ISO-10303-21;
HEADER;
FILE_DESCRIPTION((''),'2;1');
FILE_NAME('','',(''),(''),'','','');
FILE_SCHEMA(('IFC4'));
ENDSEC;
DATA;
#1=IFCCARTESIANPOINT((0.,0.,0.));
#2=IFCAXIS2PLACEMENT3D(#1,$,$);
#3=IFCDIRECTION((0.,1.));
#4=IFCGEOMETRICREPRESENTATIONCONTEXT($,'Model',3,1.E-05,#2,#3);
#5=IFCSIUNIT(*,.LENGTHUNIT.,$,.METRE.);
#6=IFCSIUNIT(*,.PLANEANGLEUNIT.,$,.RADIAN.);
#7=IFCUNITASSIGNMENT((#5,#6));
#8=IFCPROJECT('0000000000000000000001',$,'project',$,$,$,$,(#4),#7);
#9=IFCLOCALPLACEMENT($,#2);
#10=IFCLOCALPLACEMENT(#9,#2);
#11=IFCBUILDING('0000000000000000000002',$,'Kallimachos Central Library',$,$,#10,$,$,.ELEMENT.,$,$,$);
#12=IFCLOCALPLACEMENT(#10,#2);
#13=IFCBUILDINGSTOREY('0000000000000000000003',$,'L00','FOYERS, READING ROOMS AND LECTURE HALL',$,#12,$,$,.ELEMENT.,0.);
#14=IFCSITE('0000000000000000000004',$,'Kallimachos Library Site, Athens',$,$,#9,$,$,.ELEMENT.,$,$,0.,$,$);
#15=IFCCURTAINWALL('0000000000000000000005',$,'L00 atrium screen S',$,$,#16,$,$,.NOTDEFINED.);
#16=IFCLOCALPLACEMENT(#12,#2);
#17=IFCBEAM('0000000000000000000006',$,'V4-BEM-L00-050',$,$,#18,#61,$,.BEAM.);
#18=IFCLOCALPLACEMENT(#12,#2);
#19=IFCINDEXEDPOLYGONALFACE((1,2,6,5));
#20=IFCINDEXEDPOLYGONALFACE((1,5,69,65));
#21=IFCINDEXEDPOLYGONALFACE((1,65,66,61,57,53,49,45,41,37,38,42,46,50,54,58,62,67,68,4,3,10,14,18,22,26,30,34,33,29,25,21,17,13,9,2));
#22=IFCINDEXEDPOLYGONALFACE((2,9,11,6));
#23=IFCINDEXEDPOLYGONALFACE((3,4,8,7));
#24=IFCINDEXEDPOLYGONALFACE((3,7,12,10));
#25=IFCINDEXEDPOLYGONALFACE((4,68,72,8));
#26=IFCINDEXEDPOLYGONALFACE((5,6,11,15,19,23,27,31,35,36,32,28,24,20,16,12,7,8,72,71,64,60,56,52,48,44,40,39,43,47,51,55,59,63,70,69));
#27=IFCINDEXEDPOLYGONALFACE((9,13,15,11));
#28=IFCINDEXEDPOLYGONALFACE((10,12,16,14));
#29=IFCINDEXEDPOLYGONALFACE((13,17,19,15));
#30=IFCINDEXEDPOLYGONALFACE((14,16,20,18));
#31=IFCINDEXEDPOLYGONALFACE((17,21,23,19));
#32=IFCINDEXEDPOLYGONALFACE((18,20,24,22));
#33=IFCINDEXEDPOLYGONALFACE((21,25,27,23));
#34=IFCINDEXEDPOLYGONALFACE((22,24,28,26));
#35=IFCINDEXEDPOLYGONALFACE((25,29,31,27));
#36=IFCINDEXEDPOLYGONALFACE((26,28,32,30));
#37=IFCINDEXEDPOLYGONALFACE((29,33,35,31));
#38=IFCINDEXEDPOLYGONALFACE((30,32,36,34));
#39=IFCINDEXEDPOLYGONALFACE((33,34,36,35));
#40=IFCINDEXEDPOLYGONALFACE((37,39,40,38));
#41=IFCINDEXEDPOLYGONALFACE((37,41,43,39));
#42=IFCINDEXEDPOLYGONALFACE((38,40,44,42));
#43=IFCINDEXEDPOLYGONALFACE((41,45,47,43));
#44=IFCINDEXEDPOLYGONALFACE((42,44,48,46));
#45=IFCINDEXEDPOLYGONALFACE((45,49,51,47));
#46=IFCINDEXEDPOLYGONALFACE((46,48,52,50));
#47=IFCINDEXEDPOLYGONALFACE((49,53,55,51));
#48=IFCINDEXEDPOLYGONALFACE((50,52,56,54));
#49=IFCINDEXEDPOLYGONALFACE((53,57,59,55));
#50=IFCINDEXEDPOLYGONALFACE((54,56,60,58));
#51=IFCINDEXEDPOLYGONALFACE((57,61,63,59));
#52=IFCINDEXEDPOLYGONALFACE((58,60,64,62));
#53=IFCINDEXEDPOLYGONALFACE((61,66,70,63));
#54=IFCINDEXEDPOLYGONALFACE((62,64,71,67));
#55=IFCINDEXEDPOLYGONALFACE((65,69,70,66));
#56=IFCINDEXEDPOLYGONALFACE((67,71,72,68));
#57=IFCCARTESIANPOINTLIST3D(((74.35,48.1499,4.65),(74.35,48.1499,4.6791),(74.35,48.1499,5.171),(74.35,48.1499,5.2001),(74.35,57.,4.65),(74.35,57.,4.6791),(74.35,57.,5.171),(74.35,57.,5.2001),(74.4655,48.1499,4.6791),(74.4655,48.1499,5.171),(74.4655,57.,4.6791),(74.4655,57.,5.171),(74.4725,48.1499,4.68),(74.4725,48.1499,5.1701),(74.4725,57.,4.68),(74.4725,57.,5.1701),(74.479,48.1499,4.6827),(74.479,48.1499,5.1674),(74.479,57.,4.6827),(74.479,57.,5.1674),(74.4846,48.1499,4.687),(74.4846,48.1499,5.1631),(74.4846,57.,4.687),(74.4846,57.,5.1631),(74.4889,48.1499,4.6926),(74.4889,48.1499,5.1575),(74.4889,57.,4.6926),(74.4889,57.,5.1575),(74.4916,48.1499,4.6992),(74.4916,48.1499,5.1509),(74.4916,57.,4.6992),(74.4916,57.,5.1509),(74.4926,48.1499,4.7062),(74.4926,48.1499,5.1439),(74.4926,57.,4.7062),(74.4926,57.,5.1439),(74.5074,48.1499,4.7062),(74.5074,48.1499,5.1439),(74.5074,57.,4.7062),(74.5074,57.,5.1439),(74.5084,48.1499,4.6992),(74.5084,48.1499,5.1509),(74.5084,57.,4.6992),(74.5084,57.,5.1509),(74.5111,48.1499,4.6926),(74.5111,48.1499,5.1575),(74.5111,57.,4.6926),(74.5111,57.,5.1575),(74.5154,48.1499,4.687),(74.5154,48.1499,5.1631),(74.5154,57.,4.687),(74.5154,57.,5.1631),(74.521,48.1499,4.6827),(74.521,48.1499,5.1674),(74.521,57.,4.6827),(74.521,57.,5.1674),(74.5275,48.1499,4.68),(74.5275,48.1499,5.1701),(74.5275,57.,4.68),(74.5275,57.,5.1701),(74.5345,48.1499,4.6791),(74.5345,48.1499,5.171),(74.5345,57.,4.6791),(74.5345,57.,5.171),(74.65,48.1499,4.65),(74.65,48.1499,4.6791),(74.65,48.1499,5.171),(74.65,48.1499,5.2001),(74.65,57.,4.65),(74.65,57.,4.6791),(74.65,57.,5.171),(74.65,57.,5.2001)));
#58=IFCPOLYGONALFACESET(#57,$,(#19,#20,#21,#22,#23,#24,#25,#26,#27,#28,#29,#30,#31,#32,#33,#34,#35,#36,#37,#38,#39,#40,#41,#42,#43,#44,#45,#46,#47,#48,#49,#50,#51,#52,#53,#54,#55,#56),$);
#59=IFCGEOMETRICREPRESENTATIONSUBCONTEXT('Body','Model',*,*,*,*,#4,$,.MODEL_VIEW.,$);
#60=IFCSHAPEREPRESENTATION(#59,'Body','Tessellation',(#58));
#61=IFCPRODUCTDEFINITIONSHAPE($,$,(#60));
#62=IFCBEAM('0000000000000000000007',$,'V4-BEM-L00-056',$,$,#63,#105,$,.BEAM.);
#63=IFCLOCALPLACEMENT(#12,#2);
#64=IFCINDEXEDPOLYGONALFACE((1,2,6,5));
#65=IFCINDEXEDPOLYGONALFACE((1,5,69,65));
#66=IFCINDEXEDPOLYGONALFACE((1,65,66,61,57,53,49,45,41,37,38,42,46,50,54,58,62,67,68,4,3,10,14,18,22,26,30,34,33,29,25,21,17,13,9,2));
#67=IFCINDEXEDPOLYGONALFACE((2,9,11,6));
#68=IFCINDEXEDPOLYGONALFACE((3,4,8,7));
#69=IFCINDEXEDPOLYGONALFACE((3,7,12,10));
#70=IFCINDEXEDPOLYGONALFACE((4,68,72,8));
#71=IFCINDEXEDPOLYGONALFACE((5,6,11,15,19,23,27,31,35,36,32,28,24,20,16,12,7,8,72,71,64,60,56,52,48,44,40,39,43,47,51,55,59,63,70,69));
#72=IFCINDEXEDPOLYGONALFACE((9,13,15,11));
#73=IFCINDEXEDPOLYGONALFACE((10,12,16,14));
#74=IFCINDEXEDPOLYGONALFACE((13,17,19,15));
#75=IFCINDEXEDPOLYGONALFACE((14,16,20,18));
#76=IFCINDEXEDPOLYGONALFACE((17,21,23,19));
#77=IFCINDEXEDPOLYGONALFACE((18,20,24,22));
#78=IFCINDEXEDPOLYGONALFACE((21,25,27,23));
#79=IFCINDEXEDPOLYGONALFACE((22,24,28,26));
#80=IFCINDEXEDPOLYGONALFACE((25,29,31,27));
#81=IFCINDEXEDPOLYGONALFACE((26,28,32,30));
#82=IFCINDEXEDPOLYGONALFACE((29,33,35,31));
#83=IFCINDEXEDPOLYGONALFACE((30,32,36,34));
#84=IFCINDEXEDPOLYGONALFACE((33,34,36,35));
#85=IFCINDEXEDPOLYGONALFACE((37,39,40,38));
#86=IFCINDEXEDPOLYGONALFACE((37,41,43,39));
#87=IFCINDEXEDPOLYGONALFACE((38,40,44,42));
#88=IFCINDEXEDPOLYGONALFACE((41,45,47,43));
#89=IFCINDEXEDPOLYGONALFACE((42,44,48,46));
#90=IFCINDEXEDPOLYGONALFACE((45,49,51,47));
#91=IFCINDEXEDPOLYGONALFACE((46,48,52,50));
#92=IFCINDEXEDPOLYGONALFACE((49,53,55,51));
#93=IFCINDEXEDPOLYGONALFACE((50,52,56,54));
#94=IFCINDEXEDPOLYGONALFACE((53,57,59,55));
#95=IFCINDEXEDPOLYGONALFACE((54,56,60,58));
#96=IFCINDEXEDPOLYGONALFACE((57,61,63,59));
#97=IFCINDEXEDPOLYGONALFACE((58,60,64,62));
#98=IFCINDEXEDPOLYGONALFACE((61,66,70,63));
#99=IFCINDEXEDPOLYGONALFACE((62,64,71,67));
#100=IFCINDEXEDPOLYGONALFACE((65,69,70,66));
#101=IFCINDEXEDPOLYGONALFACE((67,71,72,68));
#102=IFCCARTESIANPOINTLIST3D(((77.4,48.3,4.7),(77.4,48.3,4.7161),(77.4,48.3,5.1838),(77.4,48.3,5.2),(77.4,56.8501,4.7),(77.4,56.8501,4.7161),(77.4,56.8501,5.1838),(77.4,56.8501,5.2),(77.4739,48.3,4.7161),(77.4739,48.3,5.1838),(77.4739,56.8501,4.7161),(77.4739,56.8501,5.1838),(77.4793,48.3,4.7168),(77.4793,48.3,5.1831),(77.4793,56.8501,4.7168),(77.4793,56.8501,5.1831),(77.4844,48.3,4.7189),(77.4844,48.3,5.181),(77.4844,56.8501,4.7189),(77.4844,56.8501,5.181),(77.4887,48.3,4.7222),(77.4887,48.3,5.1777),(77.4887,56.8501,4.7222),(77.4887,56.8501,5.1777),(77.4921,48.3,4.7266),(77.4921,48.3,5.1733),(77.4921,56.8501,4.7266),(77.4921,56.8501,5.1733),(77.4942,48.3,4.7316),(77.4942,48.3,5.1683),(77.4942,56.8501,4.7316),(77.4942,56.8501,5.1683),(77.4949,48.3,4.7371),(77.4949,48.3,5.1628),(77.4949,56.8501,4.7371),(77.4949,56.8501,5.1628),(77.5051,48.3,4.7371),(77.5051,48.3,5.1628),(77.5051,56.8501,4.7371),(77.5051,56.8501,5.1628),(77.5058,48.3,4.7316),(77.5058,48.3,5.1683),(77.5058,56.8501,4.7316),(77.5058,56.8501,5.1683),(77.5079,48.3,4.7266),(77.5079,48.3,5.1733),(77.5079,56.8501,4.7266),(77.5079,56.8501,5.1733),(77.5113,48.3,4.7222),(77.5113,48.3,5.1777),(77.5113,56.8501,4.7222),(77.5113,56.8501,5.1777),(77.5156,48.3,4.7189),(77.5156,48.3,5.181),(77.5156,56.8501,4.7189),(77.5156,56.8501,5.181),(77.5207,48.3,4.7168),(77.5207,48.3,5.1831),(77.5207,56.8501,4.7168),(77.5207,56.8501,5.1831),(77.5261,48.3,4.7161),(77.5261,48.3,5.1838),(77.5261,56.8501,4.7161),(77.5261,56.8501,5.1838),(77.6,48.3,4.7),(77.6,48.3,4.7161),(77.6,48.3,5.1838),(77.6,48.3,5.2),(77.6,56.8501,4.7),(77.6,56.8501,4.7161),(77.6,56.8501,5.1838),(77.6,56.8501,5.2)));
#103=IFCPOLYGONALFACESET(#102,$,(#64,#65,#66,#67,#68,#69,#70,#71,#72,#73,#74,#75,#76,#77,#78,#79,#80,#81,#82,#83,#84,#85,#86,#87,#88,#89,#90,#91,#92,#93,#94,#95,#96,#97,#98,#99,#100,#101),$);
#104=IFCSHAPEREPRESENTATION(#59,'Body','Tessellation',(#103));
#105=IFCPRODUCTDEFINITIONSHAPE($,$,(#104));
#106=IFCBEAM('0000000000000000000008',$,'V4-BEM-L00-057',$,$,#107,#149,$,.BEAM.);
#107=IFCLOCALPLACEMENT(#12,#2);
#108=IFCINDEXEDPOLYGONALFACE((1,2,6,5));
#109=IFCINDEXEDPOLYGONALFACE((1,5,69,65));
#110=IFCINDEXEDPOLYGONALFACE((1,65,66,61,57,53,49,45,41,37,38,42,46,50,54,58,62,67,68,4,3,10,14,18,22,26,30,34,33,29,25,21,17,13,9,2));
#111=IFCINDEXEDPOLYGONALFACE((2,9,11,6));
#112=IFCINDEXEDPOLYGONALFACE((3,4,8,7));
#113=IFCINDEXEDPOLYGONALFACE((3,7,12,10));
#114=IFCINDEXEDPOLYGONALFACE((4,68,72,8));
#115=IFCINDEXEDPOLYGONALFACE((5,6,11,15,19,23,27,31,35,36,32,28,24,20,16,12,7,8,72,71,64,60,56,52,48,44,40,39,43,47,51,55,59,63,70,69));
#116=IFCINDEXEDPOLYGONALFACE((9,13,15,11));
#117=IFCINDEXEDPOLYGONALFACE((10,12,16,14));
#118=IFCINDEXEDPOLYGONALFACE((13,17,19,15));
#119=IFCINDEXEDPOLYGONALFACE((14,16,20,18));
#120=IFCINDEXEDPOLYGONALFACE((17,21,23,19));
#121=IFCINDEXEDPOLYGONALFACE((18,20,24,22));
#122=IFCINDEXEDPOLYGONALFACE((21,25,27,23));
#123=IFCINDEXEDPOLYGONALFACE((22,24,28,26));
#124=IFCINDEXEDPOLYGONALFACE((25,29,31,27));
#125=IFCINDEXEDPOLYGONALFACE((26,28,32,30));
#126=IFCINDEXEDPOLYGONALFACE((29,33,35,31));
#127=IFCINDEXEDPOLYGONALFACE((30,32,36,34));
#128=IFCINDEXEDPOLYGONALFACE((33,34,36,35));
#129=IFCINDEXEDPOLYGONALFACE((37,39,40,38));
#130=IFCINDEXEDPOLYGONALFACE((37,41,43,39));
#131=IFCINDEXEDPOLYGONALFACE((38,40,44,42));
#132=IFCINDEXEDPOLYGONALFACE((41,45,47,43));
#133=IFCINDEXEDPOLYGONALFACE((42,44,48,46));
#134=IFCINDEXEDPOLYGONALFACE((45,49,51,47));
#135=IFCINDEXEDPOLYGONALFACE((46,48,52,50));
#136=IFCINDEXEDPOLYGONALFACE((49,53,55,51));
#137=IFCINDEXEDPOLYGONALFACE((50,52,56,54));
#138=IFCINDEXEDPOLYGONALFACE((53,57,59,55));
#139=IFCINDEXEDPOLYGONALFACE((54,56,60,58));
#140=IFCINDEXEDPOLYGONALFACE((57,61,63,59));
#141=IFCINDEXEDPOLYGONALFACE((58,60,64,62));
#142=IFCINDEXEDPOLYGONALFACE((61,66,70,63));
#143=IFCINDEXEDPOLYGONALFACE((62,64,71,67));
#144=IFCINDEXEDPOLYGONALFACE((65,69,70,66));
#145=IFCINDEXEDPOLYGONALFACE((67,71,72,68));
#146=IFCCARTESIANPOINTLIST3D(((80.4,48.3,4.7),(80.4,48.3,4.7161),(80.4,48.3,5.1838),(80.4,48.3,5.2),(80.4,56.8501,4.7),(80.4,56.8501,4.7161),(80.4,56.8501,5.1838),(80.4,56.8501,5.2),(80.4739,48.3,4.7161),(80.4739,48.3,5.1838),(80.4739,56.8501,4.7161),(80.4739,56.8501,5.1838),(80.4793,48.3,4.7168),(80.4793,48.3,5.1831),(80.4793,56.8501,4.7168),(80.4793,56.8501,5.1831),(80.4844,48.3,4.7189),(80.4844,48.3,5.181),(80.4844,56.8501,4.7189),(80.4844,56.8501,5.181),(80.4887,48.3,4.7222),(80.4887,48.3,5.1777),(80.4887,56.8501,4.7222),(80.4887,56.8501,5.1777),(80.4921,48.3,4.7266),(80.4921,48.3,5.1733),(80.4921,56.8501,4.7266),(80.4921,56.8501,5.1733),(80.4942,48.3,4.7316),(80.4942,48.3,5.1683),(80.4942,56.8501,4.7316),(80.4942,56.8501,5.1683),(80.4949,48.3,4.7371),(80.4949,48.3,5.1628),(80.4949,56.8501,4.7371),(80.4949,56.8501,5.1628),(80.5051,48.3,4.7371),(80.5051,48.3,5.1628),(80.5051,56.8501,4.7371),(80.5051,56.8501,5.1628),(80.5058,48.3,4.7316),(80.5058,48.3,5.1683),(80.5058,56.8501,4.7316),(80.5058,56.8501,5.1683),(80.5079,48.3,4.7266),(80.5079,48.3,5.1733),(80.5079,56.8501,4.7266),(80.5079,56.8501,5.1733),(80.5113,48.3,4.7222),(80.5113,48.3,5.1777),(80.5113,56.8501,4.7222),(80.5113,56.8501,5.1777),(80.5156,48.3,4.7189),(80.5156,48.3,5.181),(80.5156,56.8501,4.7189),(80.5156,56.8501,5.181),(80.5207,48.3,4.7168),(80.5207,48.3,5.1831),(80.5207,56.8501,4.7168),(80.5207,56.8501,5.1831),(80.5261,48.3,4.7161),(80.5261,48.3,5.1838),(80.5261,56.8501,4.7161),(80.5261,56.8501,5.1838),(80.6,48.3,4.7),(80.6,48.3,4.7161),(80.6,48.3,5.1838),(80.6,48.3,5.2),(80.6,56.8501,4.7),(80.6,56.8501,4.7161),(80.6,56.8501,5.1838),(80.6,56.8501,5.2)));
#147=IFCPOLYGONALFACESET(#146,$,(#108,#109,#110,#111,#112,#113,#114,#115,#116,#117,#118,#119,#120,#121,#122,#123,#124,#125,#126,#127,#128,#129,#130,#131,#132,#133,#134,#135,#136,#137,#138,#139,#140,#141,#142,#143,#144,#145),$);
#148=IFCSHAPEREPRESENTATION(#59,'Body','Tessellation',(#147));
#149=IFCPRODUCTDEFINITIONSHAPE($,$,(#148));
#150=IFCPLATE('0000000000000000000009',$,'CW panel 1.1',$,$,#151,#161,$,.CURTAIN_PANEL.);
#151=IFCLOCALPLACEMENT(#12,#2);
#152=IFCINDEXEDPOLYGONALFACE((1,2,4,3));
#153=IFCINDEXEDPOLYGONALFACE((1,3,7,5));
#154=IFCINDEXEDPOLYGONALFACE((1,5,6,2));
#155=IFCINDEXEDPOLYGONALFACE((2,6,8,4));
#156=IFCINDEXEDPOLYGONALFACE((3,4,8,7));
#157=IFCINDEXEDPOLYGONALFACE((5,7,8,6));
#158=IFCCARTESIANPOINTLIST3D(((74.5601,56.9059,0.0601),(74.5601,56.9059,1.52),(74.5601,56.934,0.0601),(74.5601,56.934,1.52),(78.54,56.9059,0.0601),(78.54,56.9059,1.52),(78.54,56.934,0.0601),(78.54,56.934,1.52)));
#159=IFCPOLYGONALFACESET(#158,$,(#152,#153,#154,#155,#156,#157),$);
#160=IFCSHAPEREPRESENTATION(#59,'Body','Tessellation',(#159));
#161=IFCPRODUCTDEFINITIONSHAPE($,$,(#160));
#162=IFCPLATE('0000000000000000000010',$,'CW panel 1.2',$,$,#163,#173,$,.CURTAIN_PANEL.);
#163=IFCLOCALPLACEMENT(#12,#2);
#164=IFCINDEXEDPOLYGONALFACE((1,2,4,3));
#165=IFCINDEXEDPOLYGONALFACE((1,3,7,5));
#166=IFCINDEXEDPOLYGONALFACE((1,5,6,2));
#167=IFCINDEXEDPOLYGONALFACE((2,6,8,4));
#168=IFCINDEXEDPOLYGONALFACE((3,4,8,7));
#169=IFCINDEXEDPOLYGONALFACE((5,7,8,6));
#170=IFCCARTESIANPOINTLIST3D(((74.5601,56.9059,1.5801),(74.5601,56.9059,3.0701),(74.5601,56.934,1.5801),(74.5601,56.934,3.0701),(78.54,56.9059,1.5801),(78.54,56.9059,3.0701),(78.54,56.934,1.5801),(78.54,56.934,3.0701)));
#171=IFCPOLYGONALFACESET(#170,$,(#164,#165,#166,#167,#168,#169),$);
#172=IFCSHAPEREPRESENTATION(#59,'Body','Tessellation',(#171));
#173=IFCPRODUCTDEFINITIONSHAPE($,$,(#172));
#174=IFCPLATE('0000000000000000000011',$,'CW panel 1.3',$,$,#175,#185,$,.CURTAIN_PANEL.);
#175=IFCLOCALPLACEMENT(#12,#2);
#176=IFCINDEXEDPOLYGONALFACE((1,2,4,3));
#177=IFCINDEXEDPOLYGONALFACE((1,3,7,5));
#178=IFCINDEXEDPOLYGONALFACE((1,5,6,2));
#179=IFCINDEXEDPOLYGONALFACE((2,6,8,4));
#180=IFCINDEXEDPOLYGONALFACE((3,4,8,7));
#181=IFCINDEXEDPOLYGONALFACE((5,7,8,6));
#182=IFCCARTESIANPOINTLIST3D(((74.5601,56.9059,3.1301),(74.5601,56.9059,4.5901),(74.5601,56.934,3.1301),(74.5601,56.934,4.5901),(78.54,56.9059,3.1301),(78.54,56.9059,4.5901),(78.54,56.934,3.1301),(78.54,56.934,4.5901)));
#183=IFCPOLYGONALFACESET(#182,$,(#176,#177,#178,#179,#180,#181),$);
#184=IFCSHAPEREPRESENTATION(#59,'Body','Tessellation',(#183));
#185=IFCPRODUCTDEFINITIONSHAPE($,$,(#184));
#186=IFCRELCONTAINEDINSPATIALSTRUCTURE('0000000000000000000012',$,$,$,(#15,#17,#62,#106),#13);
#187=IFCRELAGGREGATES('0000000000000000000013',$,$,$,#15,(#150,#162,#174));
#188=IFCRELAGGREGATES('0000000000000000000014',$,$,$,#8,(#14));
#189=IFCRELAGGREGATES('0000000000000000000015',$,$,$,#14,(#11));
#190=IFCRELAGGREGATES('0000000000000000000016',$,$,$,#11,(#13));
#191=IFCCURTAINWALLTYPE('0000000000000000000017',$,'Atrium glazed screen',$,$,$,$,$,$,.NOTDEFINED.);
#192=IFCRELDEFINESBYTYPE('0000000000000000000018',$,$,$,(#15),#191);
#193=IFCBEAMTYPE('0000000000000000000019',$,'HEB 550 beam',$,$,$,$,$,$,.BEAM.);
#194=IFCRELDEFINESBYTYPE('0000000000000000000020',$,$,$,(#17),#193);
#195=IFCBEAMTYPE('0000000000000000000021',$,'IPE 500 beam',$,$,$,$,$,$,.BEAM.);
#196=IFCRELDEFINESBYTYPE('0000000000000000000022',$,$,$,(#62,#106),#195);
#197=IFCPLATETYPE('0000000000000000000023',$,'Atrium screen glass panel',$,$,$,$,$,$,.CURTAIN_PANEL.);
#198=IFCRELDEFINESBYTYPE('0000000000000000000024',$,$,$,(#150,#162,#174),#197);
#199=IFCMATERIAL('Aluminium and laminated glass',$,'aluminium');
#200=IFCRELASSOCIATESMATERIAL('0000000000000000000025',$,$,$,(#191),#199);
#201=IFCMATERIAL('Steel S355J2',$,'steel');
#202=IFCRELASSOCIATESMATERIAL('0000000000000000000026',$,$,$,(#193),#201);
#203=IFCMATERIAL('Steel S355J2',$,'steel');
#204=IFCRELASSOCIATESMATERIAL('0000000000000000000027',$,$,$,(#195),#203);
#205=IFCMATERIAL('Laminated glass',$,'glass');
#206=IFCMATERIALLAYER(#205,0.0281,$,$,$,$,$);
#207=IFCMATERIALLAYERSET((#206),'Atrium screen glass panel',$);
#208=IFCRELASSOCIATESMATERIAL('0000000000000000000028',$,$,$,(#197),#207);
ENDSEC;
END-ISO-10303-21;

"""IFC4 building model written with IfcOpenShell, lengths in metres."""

from ifc_helpers import new_model, si_unit, direction, frame, origin, origin_2d, place, context, subcontext, project, spatial, rectangle, i_section, extrude, material, layer, layer_set, material_profile, profile_set, type_object, element, aggregate, save


model = new_model("IFC4")

# Units and contexts
model_context = context("Model", 3, precision=1e-05, world=origin(), true_north=direction((0.0, 1.0)))
body_context = subcontext(model_context, "Body", "Model", "MODEL_VIEW")
ifc_project = project(units=[si_unit("LENGTHUNIT", "METRE"), si_unit("PLANEANGLEUNIT", "RADIAN")], contexts=[model_context])

# Site, building, storey
site_placement = place(None, origin())
site = spatial("IfcSite", under=ifc_project, at=site_placement, Name="Kallimachos Library Site, Athens", CompositionType="ELEMENT", RefElevation=0.0)
building_placement = place(site_placement, origin())
building = spatial("IfcBuilding", under=site, at=building_placement, Name="Kallimachos Central Library", CompositionType="ELEMENT")
storey_placement = place(building_placement, origin())
storey = spatial("IfcBuildingStorey", under=building, at=storey_placement, Name="L00", Description="FOYERS, READING ROOMS AND LECTURE HALL", CompositionType="ELEMENT", Elevation=0.0)

# Curtain wall
ifc_material_1 = material(Name="Aluminium and laminated glass", Category="aluminium")
curtain_wall_type = type_object("IfcCurtainWallType", Name="Atrium glazed screen", PredefinedType="NOTDEFINED", material=ifc_material_1)
curtain_wall_1_placement = place(storey_placement, origin())
curtain_wall_1 = element("IfcCurtainWall", 1, at=curtain_wall_1_placement, inside=storey, type_object=curtain_wall_type, Name="L00 atrium screen S", PredefinedType="NOTDEFINED")

# Beams
ifc_material_2 = material(Name="Steel S355J2", Category="steel")
ifc_material_profile_1 = material_profile(ifc_material_2, i_section(OverallWidth=0.3, OverallDepth=0.55, WebThickness=0.0149, FlangeThickness=0.0291, FilletRadius=0.0271, at=origin_2d()), Name="HEB 550")
ifc_profile_set_1 = profile_set([ifc_material_profile_1], Name="Steel S355J2")
beam_type_1 = type_object("IfcBeamType", Name="HEB 550 beam", PredefinedType="BEAM", material=ifc_profile_set_1)
beam_1_placement = place(storey_placement, frame((74.5, 48.1499, 4.925), z_axis=(0.0, 1.0, 0.0), x_axis=(-1.0, 0.0, 0.0)))
element("IfcBeam", 2, at=beam_1_placement, inside=storey, type_object=beam_type_1, Name="V4-BEM-L00-050", PredefinedType="BEAM", context=body_context, shape_type="SweptSolid", body=[
    extrude(i_section(OverallWidth=0.3, OverallDepth=0.55, WebThickness=0.0149, FlangeThickness=0.0291, FilletRadius=0.0271, at=origin_2d()), origin(), (0.0, 0.0, 1.0), 8.8501),
])
ifc_material_3 = material(Name="Steel S355J2", Category="steel")
ifc_material_profile_2 = material_profile(ifc_material_3, i_section(OverallWidth=0.2, OverallDepth=0.5, WebThickness=0.0103, FlangeThickness=0.0161, FilletRadius=0.021, at=origin_2d()), Name="IPE 500")
ifc_profile_set_2 = profile_set([ifc_material_profile_2], Name="Steel S355J2")
beam_type_2 = type_object("IfcBeamType", Name="IPE 500 beam", PredefinedType="BEAM", material=ifc_profile_set_2)
for number, where, z_axis, x_axis, name in (
    (3, (77.5, 48.3, 4.95), (0.0, 1.0, 0.0), (-1.0, 0.0, 0.0), "V4-BEM-L00-056"),
    (4, (80.5, 48.3, 4.95), (0.0, 1.0, 0.0), (-1.0, 0.0, 0.0), "V4-BEM-L00-057"),
):
    element("IfcBeam", number, at=place(storey_placement, frame(where, z_axis=z_axis, x_axis=x_axis)), inside=storey, type_object=beam_type_2, Name=name, PredefinedType="BEAM", context=body_context, shape_type="SweptSolid", body=[
        extrude(i_section(OverallWidth=0.2, OverallDepth=0.5, WebThickness=0.0103, FlangeThickness=0.0161, FilletRadius=0.021, at=origin_2d()), origin(), (0.0, 0.0, 1.0), 8.55),
    ])

# Plates
ifc_material_4 = material(Name="Laminated glass", Category="glass")
ifc_layer_1 = layer(ifc_material_4, 0.0281)
ifc_layer_set_1 = layer_set([ifc_layer_1], Name="Atrium screen glass panel")
plate_type = type_object("IfcPlateType", Name="Atrium screen glass panel", PredefinedType="CURTAIN_PANEL", material=ifc_layer_set_1)
plate_1_placement = place(storey_placement, frame((76.55, 56.9199, 0.0601), z_axis=(0.0, 0.0, 1.0), x_axis=(1.0, 0.0, 0.0)))
plate_1 = element("IfcPlate", 5, at=plate_1_placement, type_object=plate_type, Name="CW panel 1.1", PredefinedType="CURTAIN_PANEL", context=body_context, shape_type="SweptSolid", body=[
    extrude(rectangle(XDim=3.98, YDim=0.0281, at=origin_2d()), origin(), (0.0, 0.0, 1.0), 1.46),
])
plate_2_placement = place(storey_placement, frame((76.55, 56.9199, 1.5801), z_axis=(0.0, 0.0, 1.0), x_axis=(1.0, 0.0, 0.0)))
plate_2 = element("IfcPlate", 6, at=plate_2_placement, type_object=plate_type, Name="CW panel 1.2", PredefinedType="CURTAIN_PANEL", context=body_context, shape_type="SweptSolid", body=[
    extrude(rectangle(XDim=3.98, YDim=0.0281, at=origin_2d()), origin(), (0.0, 0.0, 1.0), 1.49),
])
plate_3_placement = place(storey_placement, frame((76.55, 56.9199, 3.1301), z_axis=(0.0, 0.0, 1.0), x_axis=(1.0, 0.0, 0.0)))
plate_3 = element("IfcPlate", 7, at=plate_3_placement, type_object=plate_type, Name="CW panel 1.3", PredefinedType="CURTAIN_PANEL", context=body_context, shape_type="SweptSolid", body=[
    extrude(rectangle(XDim=3.98, YDim=0.0281, at=origin_2d()), origin(), (0.0, 0.0, 1.0), 1.46),
])
aggregate(curtain_wall_1, [plate_1, plate_2, plate_3])

save(model, "model.ifc")
